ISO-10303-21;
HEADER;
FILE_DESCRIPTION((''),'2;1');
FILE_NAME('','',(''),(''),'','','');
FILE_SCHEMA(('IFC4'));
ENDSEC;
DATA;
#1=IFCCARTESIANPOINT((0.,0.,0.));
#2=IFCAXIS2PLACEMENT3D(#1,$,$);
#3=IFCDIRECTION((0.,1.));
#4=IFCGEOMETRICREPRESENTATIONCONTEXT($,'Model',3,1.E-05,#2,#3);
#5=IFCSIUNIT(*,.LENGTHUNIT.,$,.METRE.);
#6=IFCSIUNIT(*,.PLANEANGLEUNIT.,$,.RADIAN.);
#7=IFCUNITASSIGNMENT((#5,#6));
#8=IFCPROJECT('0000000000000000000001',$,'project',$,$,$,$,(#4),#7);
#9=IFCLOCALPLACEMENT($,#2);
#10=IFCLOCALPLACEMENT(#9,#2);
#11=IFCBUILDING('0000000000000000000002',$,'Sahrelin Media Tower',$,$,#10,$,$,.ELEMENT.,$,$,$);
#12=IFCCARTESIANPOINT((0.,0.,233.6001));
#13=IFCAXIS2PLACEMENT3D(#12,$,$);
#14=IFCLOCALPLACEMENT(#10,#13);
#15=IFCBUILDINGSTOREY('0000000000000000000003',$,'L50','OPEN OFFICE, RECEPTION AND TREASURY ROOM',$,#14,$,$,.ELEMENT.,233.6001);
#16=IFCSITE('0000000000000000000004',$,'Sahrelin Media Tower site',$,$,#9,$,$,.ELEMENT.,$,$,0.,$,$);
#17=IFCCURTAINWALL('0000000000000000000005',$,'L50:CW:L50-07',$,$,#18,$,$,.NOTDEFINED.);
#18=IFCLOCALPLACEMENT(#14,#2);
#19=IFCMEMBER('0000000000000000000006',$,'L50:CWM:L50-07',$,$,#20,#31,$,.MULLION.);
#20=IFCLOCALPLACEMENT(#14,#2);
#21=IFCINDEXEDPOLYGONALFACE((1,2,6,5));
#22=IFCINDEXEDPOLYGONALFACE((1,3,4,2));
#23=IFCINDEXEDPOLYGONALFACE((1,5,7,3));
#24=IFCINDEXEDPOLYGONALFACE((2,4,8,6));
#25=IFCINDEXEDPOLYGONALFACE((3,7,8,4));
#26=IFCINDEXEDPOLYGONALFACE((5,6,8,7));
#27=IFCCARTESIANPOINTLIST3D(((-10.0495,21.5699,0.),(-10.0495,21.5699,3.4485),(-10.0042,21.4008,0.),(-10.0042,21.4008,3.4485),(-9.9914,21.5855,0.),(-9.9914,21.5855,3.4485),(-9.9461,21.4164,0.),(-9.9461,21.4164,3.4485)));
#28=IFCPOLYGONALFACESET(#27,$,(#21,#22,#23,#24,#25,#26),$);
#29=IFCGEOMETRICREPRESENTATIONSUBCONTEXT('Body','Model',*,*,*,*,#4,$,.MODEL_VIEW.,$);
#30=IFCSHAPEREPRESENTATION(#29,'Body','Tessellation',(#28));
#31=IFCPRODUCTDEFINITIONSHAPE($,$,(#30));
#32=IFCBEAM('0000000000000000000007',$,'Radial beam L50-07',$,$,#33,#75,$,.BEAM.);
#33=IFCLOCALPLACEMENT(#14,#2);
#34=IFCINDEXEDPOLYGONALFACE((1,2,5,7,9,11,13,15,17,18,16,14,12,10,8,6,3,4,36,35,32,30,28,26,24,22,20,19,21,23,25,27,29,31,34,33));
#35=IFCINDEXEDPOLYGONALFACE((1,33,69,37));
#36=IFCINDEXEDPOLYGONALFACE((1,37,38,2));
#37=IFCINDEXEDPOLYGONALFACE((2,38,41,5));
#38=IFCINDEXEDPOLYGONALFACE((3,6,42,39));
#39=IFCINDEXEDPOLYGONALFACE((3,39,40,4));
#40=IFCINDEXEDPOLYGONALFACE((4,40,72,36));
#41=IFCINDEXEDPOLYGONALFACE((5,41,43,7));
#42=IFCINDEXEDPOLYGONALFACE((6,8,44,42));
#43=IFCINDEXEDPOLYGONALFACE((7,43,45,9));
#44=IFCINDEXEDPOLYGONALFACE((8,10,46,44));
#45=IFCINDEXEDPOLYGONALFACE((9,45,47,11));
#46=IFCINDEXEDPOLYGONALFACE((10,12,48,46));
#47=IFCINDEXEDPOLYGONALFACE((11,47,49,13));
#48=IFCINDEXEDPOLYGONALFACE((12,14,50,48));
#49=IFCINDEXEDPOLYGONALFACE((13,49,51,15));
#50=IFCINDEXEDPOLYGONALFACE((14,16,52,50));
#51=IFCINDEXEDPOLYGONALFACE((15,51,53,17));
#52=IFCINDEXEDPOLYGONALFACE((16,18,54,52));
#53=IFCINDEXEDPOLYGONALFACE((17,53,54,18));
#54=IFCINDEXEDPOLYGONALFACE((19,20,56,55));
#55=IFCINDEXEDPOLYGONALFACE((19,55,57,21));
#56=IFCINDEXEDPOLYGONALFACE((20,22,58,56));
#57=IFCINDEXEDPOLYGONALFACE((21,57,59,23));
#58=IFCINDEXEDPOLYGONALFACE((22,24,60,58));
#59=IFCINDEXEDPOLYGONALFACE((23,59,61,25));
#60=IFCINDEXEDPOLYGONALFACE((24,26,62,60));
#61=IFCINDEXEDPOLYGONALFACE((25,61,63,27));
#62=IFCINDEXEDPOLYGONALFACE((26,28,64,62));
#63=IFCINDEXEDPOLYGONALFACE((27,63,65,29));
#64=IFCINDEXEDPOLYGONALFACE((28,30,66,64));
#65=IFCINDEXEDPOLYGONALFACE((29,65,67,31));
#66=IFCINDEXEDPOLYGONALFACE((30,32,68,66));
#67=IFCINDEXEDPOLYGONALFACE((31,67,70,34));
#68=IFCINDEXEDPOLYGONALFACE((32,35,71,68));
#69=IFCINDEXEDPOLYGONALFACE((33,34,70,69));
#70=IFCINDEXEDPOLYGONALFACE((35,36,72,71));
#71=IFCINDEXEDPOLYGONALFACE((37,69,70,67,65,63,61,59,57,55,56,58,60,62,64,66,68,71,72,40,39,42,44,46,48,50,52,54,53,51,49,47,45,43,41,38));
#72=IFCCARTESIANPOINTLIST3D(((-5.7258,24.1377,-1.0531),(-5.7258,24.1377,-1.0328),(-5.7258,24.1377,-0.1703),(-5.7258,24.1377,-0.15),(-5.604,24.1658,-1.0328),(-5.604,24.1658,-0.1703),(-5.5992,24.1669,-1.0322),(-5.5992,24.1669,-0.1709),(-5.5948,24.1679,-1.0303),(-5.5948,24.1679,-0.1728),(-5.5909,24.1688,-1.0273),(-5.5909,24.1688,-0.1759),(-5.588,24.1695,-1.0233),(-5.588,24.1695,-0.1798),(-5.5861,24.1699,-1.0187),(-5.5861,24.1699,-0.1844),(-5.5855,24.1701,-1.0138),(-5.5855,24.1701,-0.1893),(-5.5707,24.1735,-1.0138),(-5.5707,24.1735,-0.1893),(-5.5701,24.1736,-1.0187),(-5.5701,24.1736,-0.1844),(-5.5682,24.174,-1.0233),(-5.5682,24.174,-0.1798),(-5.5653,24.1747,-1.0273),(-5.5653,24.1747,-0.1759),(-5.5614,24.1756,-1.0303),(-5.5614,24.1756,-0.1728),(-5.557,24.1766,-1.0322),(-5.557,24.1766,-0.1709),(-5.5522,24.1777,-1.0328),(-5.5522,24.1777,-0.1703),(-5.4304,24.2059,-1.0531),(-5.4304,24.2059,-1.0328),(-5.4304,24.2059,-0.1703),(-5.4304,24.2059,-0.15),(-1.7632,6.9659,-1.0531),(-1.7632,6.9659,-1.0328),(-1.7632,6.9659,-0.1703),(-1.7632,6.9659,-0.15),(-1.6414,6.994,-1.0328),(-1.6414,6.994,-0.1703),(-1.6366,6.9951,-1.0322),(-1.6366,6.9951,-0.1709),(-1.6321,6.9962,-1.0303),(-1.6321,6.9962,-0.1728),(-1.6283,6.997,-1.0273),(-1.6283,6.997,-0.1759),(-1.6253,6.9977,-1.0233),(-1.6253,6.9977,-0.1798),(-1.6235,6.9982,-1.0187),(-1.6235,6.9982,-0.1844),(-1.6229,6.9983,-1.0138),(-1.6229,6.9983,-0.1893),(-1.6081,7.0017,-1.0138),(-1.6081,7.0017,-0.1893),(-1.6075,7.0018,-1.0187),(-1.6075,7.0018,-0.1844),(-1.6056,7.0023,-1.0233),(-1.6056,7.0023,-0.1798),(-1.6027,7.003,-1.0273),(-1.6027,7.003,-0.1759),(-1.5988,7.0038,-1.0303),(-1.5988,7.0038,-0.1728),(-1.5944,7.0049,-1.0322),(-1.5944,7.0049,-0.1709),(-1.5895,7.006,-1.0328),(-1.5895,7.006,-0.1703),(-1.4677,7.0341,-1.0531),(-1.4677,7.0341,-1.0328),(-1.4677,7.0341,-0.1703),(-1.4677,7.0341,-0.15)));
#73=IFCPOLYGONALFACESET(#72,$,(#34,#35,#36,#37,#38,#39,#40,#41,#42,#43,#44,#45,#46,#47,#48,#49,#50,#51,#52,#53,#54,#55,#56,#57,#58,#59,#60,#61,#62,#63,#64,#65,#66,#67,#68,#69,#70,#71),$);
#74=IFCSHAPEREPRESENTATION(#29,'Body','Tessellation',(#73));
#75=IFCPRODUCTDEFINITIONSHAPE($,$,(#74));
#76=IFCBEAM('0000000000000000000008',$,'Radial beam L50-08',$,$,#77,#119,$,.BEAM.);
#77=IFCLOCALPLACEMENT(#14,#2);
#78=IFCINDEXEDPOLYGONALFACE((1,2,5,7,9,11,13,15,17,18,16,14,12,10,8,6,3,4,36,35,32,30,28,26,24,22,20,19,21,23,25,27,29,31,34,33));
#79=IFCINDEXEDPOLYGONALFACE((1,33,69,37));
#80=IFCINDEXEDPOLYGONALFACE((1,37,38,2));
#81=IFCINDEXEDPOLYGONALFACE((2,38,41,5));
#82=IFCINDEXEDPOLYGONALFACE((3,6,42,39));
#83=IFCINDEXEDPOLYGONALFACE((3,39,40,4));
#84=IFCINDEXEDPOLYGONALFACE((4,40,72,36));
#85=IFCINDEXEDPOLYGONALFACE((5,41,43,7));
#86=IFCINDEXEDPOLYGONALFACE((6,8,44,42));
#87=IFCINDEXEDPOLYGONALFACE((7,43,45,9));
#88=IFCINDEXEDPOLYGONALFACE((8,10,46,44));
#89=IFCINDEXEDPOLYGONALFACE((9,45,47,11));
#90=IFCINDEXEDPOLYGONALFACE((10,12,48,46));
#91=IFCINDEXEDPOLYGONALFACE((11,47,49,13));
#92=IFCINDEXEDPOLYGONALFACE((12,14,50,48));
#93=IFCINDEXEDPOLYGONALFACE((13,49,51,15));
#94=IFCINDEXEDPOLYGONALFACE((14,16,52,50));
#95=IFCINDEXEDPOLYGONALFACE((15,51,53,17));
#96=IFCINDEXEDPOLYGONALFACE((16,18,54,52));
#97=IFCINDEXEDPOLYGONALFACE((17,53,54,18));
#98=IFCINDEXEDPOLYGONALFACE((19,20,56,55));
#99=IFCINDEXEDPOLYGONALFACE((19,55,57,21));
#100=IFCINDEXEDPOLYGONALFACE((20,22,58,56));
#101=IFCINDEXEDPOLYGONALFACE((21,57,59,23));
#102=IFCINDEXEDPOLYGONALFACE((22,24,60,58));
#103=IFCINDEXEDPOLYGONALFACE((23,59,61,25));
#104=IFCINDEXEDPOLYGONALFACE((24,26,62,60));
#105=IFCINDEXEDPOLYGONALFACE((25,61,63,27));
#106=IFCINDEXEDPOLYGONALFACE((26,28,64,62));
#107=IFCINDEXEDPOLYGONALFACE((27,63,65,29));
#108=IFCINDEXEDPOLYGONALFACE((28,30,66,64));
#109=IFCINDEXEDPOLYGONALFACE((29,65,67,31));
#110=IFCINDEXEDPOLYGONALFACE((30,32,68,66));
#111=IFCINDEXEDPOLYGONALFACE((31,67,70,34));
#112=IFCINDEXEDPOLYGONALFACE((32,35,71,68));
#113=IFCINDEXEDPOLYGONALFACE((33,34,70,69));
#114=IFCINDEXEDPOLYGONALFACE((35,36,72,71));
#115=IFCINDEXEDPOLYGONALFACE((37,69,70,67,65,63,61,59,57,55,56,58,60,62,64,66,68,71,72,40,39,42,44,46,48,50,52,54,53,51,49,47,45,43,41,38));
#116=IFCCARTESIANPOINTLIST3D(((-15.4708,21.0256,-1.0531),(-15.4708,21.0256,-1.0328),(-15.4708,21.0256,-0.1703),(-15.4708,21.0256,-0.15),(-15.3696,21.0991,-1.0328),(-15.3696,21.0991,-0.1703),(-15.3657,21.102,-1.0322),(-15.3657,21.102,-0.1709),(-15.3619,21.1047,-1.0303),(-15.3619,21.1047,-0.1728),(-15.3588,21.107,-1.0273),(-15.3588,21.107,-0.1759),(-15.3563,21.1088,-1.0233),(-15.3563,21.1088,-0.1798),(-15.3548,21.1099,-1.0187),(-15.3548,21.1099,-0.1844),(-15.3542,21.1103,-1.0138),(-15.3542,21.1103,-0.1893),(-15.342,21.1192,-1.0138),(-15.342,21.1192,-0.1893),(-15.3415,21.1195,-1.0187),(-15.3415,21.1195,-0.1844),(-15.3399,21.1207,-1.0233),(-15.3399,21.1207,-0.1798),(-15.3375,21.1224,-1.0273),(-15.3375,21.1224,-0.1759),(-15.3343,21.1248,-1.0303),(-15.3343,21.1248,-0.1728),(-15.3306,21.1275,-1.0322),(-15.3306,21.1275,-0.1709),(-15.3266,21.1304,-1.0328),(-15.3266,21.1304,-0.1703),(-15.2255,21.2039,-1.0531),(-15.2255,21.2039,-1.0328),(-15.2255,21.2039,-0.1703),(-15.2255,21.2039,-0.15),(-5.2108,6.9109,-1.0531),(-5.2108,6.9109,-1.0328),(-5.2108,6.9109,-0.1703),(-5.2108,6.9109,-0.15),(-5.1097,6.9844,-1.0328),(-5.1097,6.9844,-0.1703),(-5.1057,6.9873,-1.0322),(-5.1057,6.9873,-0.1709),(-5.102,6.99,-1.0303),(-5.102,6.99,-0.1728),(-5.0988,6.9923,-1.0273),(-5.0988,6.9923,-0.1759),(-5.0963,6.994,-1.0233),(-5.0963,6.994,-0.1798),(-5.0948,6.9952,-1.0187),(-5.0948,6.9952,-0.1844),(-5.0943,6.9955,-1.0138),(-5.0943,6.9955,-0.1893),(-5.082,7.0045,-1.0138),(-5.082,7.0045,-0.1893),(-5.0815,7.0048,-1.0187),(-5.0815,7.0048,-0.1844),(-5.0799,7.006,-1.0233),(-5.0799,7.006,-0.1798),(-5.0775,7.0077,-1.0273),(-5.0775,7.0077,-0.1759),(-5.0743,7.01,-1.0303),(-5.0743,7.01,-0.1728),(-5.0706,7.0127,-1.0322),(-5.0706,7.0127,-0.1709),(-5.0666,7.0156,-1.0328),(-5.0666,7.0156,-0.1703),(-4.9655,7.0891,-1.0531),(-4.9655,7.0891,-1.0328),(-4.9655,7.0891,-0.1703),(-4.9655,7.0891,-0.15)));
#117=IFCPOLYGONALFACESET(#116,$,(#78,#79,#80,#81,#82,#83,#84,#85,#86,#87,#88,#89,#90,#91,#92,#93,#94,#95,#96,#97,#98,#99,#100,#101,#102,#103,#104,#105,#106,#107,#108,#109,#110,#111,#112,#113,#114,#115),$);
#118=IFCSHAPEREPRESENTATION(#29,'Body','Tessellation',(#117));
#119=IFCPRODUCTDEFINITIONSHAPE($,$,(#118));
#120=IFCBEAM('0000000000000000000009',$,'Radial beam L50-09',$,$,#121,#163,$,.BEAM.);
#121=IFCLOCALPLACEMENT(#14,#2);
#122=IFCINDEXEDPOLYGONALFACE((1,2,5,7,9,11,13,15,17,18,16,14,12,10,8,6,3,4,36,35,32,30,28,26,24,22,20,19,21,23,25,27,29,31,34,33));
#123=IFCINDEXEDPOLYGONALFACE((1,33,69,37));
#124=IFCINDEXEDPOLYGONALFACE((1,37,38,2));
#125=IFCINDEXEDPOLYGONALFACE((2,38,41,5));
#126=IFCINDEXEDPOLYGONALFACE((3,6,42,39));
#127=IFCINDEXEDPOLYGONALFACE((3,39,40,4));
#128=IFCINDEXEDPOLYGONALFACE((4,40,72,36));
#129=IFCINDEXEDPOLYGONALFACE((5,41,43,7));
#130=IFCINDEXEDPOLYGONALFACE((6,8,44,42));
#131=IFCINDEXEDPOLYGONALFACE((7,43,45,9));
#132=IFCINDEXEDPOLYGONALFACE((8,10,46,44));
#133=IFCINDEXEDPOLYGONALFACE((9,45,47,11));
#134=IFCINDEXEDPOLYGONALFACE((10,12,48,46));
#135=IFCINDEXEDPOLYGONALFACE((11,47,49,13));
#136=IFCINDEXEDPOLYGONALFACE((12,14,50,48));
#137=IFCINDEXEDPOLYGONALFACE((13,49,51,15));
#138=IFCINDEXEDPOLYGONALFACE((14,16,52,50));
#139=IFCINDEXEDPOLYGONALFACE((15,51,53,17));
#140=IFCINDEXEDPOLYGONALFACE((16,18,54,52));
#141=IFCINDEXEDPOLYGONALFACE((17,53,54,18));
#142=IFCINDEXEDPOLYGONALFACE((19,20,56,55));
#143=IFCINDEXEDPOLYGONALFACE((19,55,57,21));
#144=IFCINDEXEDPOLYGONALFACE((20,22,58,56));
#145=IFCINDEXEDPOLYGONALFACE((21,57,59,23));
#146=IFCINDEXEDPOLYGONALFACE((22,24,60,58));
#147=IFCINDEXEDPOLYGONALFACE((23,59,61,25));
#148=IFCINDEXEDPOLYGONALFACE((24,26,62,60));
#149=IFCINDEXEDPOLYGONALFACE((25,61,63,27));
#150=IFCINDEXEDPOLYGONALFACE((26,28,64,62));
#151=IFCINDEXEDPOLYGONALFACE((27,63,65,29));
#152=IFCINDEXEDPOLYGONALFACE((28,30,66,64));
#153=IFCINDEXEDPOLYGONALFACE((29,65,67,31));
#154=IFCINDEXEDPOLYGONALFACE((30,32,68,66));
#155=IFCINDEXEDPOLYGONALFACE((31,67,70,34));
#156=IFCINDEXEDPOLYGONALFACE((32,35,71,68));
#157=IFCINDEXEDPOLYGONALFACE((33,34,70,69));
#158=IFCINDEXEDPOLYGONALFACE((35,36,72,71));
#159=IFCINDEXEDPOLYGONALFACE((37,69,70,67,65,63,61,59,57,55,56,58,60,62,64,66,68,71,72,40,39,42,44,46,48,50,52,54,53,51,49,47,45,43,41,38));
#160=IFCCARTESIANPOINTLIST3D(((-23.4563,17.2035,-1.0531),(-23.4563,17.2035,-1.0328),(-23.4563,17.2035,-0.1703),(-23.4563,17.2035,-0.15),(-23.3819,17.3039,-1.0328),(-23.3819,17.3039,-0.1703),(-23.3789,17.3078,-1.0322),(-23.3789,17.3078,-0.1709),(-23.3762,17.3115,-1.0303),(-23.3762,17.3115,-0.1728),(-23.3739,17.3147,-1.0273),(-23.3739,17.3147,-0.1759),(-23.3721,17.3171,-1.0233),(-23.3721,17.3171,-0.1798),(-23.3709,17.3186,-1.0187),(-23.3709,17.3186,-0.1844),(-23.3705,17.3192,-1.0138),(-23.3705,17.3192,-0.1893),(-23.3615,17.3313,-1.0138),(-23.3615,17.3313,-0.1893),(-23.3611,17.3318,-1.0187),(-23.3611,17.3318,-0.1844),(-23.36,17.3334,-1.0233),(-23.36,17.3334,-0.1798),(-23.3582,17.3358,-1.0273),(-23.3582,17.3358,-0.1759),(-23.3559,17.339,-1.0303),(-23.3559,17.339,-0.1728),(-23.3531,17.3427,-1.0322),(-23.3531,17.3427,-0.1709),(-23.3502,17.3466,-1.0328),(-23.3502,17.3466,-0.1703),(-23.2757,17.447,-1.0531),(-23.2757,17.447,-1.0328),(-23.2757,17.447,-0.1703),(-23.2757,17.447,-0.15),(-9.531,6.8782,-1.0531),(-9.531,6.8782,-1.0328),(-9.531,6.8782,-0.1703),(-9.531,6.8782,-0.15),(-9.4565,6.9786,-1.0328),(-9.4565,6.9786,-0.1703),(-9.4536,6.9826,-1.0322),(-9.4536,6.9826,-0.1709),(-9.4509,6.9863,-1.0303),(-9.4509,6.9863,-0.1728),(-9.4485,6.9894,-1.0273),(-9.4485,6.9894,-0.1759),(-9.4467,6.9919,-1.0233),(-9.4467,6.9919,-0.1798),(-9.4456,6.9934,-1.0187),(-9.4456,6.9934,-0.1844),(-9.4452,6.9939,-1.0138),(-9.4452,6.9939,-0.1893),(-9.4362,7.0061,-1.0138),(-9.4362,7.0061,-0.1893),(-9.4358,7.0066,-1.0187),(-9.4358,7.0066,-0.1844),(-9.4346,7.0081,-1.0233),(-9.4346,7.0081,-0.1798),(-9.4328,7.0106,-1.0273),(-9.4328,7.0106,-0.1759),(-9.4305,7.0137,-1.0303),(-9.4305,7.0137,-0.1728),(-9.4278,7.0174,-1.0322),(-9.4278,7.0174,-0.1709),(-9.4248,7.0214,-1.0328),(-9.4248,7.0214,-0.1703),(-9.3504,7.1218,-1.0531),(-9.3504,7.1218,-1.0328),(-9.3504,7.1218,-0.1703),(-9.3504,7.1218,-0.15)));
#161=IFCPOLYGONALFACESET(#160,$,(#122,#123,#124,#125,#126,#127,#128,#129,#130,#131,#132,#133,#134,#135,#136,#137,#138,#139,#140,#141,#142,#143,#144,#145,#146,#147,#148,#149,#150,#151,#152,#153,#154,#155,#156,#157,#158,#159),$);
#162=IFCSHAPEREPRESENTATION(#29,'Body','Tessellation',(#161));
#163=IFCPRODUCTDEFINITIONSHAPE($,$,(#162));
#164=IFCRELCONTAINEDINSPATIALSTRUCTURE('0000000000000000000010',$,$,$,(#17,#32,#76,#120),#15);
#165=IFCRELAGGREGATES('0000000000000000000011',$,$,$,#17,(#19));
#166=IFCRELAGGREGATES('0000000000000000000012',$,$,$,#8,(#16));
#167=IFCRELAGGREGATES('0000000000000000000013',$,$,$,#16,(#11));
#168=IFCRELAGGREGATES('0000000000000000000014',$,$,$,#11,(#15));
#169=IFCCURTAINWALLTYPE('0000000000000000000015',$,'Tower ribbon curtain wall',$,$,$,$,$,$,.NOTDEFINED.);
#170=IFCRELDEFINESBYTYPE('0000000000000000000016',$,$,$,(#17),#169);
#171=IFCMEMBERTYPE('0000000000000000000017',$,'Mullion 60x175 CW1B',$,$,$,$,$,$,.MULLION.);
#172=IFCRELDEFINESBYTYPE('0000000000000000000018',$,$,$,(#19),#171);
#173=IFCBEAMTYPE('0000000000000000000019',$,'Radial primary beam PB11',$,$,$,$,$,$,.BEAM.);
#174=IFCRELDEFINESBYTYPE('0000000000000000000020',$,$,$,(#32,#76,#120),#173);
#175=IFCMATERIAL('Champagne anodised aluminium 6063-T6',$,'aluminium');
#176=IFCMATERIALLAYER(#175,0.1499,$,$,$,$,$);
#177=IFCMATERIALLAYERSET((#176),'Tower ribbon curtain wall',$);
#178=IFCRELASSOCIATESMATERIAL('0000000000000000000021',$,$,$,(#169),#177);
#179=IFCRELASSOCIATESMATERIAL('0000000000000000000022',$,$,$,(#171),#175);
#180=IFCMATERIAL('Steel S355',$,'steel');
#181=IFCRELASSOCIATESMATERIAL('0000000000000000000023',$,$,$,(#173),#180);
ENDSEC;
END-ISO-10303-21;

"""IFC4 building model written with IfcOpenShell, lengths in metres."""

from ifc_helpers import new_model, si_unit, direction, frame, origin, origin_2d, place, context, subcontext, project, spatial, rectangle, i_section, extrude, material, layer, layer_set, material_profile, profile_set, type_object, element, aggregate, save


model = new_model("IFC4")

# Units and contexts
model_context = context("Model", 3, precision=1e-05, world=origin(), true_north=direction((0.0, 1.0)))
body_context = subcontext(model_context, "Body", "Model", "MODEL_VIEW")
ifc_project = project(units=[si_unit("LENGTHUNIT", "METRE"), si_unit("PLANEANGLEUNIT", "RADIAN")], contexts=[model_context])

# Site, building, storey
site_placement = place(None, origin())
site = spatial("IfcSite", under=ifc_project, at=site_placement, Name="Sahrelin Media Tower site", CompositionType="ELEMENT", RefElevation=0.0)
building_placement = place(site_placement, origin())
building = spatial("IfcBuilding", under=site, at=building_placement, Name="Sahrelin Media Tower", CompositionType="ELEMENT")
storey_placement = place(building_placement, frame((0.0, 0.0, 233.6001)))
storey = spatial("IfcBuildingStorey", under=building, at=storey_placement, Name="L50", Description="OPEN OFFICE, RECEPTION AND TREASURY ROOM", CompositionType="ELEMENT", Elevation=233.6001)

# Shared definitions
ifc_material_1 = material(Name="Steel S355", Category="steel")

# Curtain wall, member
ifc_material_2 = material(Name="Champagne anodised aluminium 6063-T6", Category="aluminium")
ifc_layer_1 = layer(ifc_material_2, 0.1499)
ifc_layer_set_1 = layer_set([ifc_layer_1], Name="Tower ribbon curtain wall")
curtain_wall_type = type_object("IfcCurtainWallType", Name="Tower ribbon curtain wall", PredefinedType="NOTDEFINED", material=ifc_layer_set_1)
ifc_material_profile_1 = material_profile(ifc_material_2, rectangle(XDim=0.0601, YDim=0.175, at=origin_2d()), Name="Mullion 60x175")
ifc_profile_set_1 = profile_set([ifc_material_profile_1], Name="Champagne anodised aluminium 6063-T6")
member_type_1 = type_object("IfcMemberType", Name="Mullion 60x175 CW1B", PredefinedType="MULLION", material=ifc_profile_set_1)
curtain_wall_1_placement = place(storey_placement, frame((-10.0256, 21.5969, 0.0), z_axis=(0.0, 0.0, 1.0), x_axis=(1.0, 0.0, 0.0)))
curtain_wall_1 = element("IfcCurtainWall", 1, at=curtain_wall_1_placement, inside=storey, type_object=curtain_wall_type, Name="L50:CW:L50-07", PredefinedType="NOTDEFINED")
member_1_placement = place(storey_placement, frame((-9.9978, 21.4932, 0.0), z_axis=(0.0, 0.0, 1.0), x_axis=(-0.965926, -0.258819, 0.0)))
member_1 = element("IfcMember", 2, at=member_1_placement, type_object=member_type_1, Name="L50:CWM:L50-07", PredefinedType="MULLION", context=body_context, shape_type="SweptSolid", body=[
    extrude(rectangle(XDim=0.0601, YDim=0.175, at=origin_2d()), origin(), (0.0, 0.0, 1.0), 3.4485),
])

# Beams
ifc_material_profile_2 = material_profile(ifc_material_1, i_section(OverallWidth=0.3032, OverallDepth=0.9031, WebThickness=0.0151, FlangeThickness=0.0203, FilletRadius=0.019, at=origin_2d()), Name="UB 914x305x201")
ifc_profile_set_2 = profile_set([ifc_material_profile_2], Name="Steel S355")
beam_type_1 = type_object("IfcBeamType", Name="Radial primary beam PB11", PredefinedType="BEAM", material=ifc_profile_set_2)
beam_1_placement = place(storey_placement, frame((-1.6155, 7.0, -0.6016), z_axis=(-0.224854, 0.974392, 0.0), x_axis=(-0.974392, -0.224854, 0.0)))
element("IfcBeam", 3, at=beam_1_placement, inside=storey, type_object=beam_type_1, Name="Radial beam L50-07", PredefinedType="BEAM", context=body_context, shape_type="SweptSolid", body=[
    extrude(i_section(OverallWidth=0.3032, OverallDepth=0.9031, WebThickness=0.0151, FlangeThickness=0.0203, FilletRadius=0.019, at=origin_2d()), origin(), (0.0, 0.0, 1.0), 17.623),
])
beam_2_placement = place(storey_placement, frame((-5.0881, 7.0, -0.6016), z_axis=(-0.587975, 0.808879, 0.0), x_axis=(-0.808879, -0.587975, 0.0)))
element("IfcBeam", 4, at=beam_2_placement, inside=storey, type_object=beam_type_1, Name="Radial beam L50-08", PredefinedType="BEAM", context=body_context, shape_type="SweptSolid", body=[
    extrude(i_section(OverallWidth=0.3032, OverallDepth=0.9031, WebThickness=0.0151, FlangeThickness=0.0203, FilletRadius=0.019, at=origin_2d()), origin(), (0.0, 0.0, 1.0), 17.4497),
])
beam_3_placement = place(storey_placement, frame((-9.4407, 7.0, -0.6016), z_axis=(-0.803277, 0.595606, 0.0), x_axis=(-0.595606, -0.803277, 0.0)))
element("IfcBeam", 5, at=beam_3_placement, inside=storey, type_object=beam_type_1, Name="Radial beam L50-09", PredefinedType="BEAM", context=body_context, shape_type="SweptSolid", body=[
    extrude(i_section(OverallWidth=0.3032, OverallDepth=0.9031, WebThickness=0.0151, FlangeThickness=0.0203, FilletRadius=0.019, at=origin_2d()), origin(), (0.0, 0.0, 1.0), 17.3357),
])

aggregate(curtain_wall_1, [member_1])

save(model, "model.ifc")
